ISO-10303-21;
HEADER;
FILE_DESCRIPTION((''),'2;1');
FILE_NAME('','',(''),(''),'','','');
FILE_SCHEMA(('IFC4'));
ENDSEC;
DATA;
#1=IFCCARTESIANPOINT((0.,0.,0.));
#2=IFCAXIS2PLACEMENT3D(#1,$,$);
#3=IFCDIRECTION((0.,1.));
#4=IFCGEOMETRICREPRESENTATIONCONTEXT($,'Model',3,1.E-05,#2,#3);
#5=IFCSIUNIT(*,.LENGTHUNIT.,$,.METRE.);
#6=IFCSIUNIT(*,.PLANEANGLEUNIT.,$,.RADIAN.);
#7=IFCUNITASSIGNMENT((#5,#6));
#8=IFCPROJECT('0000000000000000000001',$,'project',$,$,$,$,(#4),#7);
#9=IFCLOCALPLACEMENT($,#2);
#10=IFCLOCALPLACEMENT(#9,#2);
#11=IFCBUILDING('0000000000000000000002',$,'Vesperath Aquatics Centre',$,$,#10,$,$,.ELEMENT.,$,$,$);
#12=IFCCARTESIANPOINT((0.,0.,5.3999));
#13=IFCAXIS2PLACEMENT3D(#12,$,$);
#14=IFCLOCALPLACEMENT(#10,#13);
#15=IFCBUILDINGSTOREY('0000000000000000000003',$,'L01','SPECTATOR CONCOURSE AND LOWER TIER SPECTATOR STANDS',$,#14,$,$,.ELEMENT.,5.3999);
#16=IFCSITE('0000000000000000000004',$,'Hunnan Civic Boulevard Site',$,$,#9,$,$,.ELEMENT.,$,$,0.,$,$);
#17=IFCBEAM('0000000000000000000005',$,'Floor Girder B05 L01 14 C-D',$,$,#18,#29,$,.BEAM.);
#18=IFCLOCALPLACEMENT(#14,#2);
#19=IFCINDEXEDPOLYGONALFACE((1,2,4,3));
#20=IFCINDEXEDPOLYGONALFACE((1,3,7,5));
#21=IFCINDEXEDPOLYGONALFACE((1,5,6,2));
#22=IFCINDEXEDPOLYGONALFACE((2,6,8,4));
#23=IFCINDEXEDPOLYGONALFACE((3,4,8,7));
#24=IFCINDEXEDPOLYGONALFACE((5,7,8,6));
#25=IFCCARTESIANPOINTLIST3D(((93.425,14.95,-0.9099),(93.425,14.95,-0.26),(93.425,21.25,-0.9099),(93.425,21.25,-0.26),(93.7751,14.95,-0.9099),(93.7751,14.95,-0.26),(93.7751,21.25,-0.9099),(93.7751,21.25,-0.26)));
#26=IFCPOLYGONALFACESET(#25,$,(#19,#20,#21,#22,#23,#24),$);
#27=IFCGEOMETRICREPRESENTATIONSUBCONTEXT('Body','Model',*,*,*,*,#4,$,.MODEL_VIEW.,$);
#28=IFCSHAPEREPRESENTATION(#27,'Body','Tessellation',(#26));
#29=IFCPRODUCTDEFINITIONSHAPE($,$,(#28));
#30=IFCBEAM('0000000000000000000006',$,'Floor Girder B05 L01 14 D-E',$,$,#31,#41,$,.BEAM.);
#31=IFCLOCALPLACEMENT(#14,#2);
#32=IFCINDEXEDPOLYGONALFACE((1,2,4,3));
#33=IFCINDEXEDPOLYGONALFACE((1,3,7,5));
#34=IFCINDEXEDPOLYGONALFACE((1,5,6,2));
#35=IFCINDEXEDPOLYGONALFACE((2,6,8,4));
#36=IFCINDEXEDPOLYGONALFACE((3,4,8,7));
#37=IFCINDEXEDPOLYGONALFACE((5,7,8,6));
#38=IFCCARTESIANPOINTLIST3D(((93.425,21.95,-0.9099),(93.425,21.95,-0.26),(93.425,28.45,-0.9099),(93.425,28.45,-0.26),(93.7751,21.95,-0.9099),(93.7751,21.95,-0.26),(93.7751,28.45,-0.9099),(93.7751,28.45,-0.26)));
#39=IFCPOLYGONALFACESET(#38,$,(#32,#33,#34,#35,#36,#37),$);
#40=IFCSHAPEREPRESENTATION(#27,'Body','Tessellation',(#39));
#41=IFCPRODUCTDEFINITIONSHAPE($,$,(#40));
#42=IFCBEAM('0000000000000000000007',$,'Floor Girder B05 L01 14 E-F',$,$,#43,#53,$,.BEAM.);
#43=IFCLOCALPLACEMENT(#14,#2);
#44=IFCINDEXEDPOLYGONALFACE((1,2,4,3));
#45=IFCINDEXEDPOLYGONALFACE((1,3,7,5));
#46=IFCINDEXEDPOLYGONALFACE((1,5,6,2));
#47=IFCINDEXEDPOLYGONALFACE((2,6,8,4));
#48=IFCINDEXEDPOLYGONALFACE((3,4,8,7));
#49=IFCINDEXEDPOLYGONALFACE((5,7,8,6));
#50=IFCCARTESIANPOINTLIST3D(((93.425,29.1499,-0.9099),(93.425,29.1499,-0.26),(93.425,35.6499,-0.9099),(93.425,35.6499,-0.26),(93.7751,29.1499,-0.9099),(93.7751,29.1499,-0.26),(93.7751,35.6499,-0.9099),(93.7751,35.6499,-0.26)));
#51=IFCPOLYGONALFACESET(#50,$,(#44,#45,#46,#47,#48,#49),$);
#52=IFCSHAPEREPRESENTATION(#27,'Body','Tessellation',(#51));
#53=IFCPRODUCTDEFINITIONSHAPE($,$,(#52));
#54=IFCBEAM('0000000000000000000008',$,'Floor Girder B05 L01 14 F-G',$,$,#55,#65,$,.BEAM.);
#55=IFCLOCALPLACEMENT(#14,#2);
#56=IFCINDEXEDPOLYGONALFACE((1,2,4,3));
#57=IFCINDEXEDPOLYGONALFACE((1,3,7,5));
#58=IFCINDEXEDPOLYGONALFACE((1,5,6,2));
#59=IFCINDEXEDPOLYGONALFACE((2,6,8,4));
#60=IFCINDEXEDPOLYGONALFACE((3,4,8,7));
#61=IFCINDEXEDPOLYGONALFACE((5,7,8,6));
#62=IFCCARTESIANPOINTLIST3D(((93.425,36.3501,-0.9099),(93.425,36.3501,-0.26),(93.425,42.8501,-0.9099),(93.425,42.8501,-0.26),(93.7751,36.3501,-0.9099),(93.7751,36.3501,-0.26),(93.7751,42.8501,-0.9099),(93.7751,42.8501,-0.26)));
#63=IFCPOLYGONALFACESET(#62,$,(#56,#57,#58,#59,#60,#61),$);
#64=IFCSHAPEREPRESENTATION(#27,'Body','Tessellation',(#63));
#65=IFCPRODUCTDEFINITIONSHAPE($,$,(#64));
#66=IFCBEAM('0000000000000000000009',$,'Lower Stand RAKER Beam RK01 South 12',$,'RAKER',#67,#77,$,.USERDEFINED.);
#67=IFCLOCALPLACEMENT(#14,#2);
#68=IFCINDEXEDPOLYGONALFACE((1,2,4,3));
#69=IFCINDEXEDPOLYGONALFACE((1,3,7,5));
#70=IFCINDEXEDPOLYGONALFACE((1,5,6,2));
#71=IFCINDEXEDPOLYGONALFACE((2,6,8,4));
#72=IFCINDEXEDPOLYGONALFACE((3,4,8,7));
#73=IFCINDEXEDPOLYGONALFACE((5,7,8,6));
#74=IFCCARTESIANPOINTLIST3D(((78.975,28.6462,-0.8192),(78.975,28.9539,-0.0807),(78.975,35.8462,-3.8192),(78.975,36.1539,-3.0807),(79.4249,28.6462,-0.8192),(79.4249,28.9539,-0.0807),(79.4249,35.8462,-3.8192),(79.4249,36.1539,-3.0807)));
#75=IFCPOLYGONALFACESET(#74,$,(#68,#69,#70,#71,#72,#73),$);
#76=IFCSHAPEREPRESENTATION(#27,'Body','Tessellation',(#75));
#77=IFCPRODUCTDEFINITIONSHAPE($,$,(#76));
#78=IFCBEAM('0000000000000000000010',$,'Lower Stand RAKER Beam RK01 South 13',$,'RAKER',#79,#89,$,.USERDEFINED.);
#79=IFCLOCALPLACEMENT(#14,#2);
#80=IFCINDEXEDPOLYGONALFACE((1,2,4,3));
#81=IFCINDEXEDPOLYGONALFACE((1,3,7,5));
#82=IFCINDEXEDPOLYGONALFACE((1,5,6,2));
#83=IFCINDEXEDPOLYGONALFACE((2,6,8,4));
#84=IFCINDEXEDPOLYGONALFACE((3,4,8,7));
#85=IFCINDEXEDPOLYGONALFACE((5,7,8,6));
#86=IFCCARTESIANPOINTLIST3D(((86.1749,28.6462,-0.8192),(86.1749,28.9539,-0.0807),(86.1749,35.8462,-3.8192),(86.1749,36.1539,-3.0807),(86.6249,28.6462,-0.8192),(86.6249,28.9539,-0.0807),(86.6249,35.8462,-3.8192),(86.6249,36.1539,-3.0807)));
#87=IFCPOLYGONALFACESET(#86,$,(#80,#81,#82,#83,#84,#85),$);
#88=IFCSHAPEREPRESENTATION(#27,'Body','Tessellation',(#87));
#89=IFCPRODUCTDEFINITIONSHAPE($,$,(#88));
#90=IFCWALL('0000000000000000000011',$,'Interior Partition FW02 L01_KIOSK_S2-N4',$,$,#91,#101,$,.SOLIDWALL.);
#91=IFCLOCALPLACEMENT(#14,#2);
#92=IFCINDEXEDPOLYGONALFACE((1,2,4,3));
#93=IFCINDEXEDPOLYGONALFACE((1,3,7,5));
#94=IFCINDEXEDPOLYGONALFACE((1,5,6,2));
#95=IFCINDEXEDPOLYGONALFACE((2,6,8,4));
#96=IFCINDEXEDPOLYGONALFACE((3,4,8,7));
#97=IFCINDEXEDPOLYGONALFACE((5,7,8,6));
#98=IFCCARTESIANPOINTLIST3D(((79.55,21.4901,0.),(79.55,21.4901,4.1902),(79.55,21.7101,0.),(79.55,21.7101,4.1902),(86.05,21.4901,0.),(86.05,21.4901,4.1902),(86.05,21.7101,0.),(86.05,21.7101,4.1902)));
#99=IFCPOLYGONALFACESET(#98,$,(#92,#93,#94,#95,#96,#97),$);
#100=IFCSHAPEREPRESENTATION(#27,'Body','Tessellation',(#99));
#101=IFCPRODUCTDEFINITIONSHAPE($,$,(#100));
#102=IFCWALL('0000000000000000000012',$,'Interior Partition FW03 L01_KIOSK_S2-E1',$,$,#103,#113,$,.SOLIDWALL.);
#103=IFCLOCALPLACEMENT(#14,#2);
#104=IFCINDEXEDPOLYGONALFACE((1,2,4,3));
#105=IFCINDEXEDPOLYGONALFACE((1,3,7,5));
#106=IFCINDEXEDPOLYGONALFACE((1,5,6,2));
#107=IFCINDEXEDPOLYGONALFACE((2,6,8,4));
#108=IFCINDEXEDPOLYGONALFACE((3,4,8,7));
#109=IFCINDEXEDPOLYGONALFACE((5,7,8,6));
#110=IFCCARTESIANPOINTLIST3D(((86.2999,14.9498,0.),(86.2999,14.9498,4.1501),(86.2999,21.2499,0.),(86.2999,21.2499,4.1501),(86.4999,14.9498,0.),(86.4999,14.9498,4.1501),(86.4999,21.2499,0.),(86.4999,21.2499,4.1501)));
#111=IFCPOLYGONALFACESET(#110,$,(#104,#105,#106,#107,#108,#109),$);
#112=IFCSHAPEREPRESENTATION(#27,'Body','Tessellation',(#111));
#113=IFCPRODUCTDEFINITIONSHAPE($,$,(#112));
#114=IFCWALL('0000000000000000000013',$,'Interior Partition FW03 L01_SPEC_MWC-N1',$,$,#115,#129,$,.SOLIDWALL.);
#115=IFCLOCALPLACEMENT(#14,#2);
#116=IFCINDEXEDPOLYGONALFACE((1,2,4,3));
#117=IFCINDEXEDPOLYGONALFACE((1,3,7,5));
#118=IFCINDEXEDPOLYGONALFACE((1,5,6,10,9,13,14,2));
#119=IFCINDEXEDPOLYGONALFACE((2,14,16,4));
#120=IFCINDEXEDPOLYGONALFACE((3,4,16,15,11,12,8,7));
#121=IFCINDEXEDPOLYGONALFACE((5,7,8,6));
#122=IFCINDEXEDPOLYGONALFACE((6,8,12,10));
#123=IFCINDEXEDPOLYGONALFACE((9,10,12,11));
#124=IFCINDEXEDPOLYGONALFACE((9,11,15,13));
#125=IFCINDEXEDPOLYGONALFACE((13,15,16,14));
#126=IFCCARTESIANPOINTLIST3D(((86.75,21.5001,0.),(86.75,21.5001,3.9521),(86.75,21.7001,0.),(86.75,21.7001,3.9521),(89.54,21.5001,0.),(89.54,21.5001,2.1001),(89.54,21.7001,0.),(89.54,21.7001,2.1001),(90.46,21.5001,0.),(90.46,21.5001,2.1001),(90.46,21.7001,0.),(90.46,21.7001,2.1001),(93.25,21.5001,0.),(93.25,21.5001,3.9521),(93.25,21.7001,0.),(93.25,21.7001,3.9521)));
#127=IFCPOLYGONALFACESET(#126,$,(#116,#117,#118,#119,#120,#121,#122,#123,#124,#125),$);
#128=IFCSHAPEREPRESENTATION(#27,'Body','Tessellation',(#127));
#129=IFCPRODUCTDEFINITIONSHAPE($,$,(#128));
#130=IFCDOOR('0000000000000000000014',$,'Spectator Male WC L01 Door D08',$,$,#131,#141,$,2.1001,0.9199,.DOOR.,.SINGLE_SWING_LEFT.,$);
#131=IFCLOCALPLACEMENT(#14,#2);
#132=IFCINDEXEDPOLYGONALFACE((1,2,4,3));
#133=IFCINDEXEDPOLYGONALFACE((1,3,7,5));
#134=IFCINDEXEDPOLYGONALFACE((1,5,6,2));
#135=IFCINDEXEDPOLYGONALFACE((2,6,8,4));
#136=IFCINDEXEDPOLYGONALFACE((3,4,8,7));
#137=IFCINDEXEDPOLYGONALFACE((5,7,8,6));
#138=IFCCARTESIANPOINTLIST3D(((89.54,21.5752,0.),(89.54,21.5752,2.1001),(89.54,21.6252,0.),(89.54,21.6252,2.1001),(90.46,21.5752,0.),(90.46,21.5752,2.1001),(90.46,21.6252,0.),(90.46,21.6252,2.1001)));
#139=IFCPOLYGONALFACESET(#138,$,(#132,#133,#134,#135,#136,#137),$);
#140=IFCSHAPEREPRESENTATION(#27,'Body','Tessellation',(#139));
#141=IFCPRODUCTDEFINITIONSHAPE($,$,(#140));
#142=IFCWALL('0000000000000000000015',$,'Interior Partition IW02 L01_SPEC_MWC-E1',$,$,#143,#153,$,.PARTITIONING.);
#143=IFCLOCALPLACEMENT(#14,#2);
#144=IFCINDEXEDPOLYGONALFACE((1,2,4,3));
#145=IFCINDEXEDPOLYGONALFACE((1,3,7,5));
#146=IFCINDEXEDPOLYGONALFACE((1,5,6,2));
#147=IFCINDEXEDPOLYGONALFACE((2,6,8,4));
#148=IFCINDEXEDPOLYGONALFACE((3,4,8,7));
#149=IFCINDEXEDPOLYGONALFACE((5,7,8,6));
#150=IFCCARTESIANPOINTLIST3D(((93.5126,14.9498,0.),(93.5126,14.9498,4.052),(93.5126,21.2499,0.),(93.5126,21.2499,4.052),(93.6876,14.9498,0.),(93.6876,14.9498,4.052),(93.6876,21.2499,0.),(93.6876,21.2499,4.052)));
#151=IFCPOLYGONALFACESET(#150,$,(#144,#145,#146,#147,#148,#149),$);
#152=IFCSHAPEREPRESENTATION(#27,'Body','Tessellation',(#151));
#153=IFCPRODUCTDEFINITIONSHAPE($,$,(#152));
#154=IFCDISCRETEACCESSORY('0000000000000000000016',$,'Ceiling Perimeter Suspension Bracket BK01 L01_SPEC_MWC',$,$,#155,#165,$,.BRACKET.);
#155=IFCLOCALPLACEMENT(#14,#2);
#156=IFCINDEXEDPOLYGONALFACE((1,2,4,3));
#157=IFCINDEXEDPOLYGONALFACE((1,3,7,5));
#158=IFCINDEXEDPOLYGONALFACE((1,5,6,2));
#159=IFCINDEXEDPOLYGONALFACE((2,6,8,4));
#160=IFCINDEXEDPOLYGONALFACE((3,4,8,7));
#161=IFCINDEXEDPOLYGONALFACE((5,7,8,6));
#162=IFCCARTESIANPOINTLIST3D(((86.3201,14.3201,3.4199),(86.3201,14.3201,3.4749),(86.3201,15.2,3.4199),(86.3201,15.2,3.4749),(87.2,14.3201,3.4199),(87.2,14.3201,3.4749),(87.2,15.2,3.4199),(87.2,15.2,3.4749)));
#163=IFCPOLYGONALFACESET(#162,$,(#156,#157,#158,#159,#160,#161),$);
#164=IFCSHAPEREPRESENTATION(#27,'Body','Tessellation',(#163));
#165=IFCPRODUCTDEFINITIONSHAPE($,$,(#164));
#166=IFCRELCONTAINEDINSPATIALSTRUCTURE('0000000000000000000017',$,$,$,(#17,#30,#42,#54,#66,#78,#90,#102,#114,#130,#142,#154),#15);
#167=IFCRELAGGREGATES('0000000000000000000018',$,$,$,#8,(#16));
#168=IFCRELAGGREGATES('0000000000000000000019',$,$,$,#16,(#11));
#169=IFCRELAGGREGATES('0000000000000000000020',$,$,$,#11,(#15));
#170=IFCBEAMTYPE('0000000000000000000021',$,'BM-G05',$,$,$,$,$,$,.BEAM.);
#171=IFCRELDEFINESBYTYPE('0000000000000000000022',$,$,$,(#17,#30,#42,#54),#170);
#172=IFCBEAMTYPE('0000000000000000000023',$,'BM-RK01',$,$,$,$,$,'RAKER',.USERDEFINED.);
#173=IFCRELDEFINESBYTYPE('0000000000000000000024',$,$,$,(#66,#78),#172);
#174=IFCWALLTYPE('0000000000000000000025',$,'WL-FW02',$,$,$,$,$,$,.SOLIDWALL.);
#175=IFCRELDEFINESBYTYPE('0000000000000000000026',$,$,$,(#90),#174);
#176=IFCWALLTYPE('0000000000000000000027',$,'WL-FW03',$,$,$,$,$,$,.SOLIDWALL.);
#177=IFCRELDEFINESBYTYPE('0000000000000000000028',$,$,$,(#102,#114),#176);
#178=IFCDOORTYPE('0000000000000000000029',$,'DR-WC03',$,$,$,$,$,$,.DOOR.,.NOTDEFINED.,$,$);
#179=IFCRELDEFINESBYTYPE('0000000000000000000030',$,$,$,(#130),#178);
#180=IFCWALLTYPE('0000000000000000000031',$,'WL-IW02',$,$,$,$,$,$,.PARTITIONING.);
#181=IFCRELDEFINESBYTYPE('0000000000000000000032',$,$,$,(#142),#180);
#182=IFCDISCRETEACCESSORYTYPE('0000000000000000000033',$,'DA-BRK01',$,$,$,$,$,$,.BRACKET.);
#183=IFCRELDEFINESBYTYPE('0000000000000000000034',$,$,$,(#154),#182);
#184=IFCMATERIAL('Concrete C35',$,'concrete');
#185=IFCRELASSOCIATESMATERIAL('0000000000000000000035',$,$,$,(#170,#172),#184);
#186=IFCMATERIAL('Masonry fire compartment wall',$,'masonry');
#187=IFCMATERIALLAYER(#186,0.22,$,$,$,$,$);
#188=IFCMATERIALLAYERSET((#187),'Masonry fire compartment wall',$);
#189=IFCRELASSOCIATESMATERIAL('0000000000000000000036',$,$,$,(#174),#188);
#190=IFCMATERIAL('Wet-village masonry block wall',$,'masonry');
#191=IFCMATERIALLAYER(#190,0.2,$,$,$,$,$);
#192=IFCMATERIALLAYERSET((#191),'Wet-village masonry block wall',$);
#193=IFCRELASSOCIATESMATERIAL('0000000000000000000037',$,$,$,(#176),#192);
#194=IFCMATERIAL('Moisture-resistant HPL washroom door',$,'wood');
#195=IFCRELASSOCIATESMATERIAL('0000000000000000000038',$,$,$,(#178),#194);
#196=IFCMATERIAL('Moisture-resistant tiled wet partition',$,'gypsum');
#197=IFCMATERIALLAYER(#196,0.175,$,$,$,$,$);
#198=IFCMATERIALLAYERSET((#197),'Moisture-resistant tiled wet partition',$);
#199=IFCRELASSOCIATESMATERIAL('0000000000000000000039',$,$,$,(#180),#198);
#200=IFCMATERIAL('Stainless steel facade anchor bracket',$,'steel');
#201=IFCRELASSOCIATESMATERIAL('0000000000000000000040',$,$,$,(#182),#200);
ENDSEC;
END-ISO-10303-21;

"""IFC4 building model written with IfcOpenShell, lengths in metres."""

from ifc_helpers import new_model, si_unit, direction, frame, frame_2d, origin, origin_2d, place, context, subcontext, project, spatial, rectangle, extrude, material, layer, layer_set, material_profile, profile_set, type_object, element, fill, save


model = new_model("IFC4")

# Units and contexts
model_context = context("Model", 3, precision=1e-05, world=origin(), true_north=direction((0.0, 1.0)))
body_context = subcontext(model_context, "Body", "Model", "MODEL_VIEW")
ifc_project = project(units=[si_unit("LENGTHUNIT", "METRE"), si_unit("PLANEANGLEUNIT", "RADIAN")], contexts=[model_context])

# Site, building, storey
site_placement = place(None, origin())
site = spatial("IfcSite", under=ifc_project, at=site_placement, Name="Hunnan Civic Boulevard Site", CompositionType="ELEMENT", RefElevation=0.0)
building_placement = place(site_placement, origin())
building = spatial("IfcBuilding", under=site, at=building_placement, Name="Vesperath Aquatics Centre", CompositionType="ELEMENT")
storey_placement = place(building_placement, frame((0.0, 0.0, 5.3999)))
storey = spatial("IfcBuildingStorey", under=building, at=storey_placement, Name="L01", Description="SPECTATOR CONCOURSE AND LOWER TIER SPECTATOR STANDS", CompositionType="ELEMENT", Elevation=5.3999)

# Beams
ifc_material_1 = material(Name="Concrete C35", Category="concrete")
ifc_material_profile_1 = material_profile(ifc_material_1, rectangle(XDim=0.3501, YDim=0.6499, at=origin_2d()), Name="RC 350x650")
ifc_profile_set_1 = profile_set([ifc_material_profile_1], Name="Concrete C35")
beam_type_1 = type_object("IfcBeamType", Name="BM-G05", PredefinedType="BEAM", material=ifc_profile_set_1)
beam_1_placement = place(storey_placement, frame((93.6001, 14.95, -0.585), z_axis=(0.0, 1.0, 0.0), x_axis=(-1.0, 0.0, 0.0)))
element("IfcBeam", 1, at=beam_1_placement, inside=storey, type_object=beam_type_1, Name="Floor Girder B05 L01 14 C-D", PredefinedType="BEAM", context=body_context, shape_type="SweptSolid", body=[
    extrude(rectangle(XDim=0.3501, YDim=0.6499, at=origin_2d()), origin(), (0.0, 0.0, 1.0), 6.3),
])
for number, where, z_axis, x_axis, name in (
    (2, (93.6001, 21.95, -0.585), (0.0, 1.0, 0.0), (-1.0, 0.0, 0.0), "Floor Girder B05 L01 14 D-E"),
    (3, (93.6001, 29.1499, -0.585), (0.0, 1.0, 0.0), (-1.0, 0.0, 0.0), "Floor Girder B05 L01 14 E-F"),
    (4, (93.6001, 36.3501, -0.585), (0.0, 1.0, 0.0), (-1.0, 0.0, 0.0), "Floor Girder B05 L01 14 F-G"),
):
    element("IfcBeam", number, at=place(storey_placement, frame(where, z_axis=z_axis, x_axis=x_axis)), inside=storey, type_object=beam_type_1, Name=name, PredefinedType="BEAM", context=body_context, shape_type="SweptSolid", body=[
        extrude(rectangle(XDim=0.3501, YDim=0.6499, at=origin_2d()), origin(), (0.0, 0.0, 1.0), 6.5),
    ])
ifc_material_profile_2 = material_profile(ifc_material_1, rectangle(XDim=0.45, YDim=0.8, at=origin_2d()), Name="RC 450x800")
ifc_profile_set_2 = profile_set([ifc_material_profile_2], Name="Concrete C35")
beam_type_2 = type_object("IfcBeamType", Name="BM-RK01", ElementType="RAKER", PredefinedType="USERDEFINED", material=ifc_profile_set_2)
for number, where, z_axis, x_axis, name in (
    (5, (79.2, 28.8, -0.45), (0.0, 0.923076, -0.384618), (-1.0, 0.0, 0.0), "Lower Stand RAKER Beam RK01 South 12"),
    (6, (86.3999, 28.8, -0.45), (0.0, 0.923076, -0.384618), (-1.0, 0.0, 0.0), "Lower Stand RAKER Beam RK01 South 13"),
):
    element("IfcBeam", number, at=place(storey_placement, frame(where, z_axis=z_axis, x_axis=x_axis)), inside=storey, type_object=beam_type_2, Name=name, ObjectType="RAKER", PredefinedType="USERDEFINED", context=body_context, shape_type="SweptSolid", body=[
        extrude(rectangle(XDim=0.45, YDim=0.8, at=origin_2d()), origin(), (0.0, 0.0, 1.0), 7.8),
    ])

# Walls
ifc_material_2 = material(Name="Masonry fire compartment wall", Category="masonry")
ifc_layer_1 = layer(ifc_material_2, 0.22)
ifc_layer_set_1 = layer_set([ifc_layer_1], Name="Masonry fire compartment wall")
wall_type_1 = type_object("IfcWallType", Name="WL-FW02", PredefinedType="SOLIDWALL", material=ifc_layer_set_1)
wall_1_placement = place(storey_placement, frame((79.55, 21.6001, 0.0), z_axis=(0.0, 0.0, 1.0), x_axis=(1.0, 0.0, 0.0)))
element("IfcWall", 7, at=wall_1_placement, inside=storey, type_object=wall_type_1, Name="Interior Partition FW02 L01_KIOSK_S2-N4", PredefinedType="SOLIDWALL", context=body_context, shape_type="SweptSolid", body=[
    extrude(rectangle(XDim=6.5, YDim=0.22, at=frame_2d((3.25, 0.0))), origin(), (0.0, 0.0, 1.0), 4.1902),
])
ifc_material_3 = material(Name="Wet-village masonry block wall", Category="masonry")
ifc_layer_2 = layer(ifc_material_3, 0.2)
ifc_layer_set_2 = layer_set([ifc_layer_2], Name="Wet-village masonry block wall")
wall_type_2 = type_object("IfcWallType", Name="WL-FW03", PredefinedType="SOLIDWALL", material=ifc_layer_set_2)
wall_2_placement = place(storey_placement, frame((86.3999, 14.95, 0.0), z_axis=(0.0, 0.0, 1.0), x_axis=(0.0, 1.0, 0.0)))
element("IfcWall", 8, at=wall_2_placement, inside=storey, type_object=wall_type_2, Name="Interior Partition FW03 L01_KIOSK_S2-E1", PredefinedType="SOLIDWALL", context=body_context, shape_type="SweptSolid", body=[
    extrude(rectangle(XDim=6.3, YDim=0.2, at=frame_2d((3.1499, 0.0))), origin(), (0.0, 0.0, 1.0), 4.1501),
])

# Wall, opening, door
wall_3_placement = place(storey_placement, frame((86.75, 21.6001, 0.0), z_axis=(0.0, 0.0, 1.0), x_axis=(1.0, 0.0, 0.0)))
wall_3 = element("IfcWall", 9, at=wall_3_placement, inside=storey, type_object=wall_type_2, Name="Interior Partition FW03 L01_SPEC_MWC-N1", PredefinedType="SOLIDWALL", context=body_context, shape_type="SweptSolid", body=[
    extrude(rectangle(XDim=6.5, YDim=0.2, at=frame_2d((3.25, 0.0))), origin(), (0.0, 0.0, 1.0), 3.9521),
])
opening_placement = place(wall_3_placement, frame((2.79, 0.0, 0.0)))
opening = element("IfcOpeningElement", 10, at=opening_placement, cuts=wall_3, PredefinedType="OPENING", context=body_context, shape_type="SweptSolid", body=[
    extrude(rectangle(XDim=0.9199, YDim=2.1001, at=frame_2d((0.46, 1.05))), frame((0.0, 0.1147, 0.0), z_axis=(0.0, -1.0, 0.0), x_axis=(1.0, 0.0, 0.0)), (0.0, 0.0, 1.0), 0.2297),
])
ifc_material_4 = material(Name="Moisture-resistant HPL washroom door", Category="wood")
door_type = type_object("IfcDoorType", Name="DR-WC03", OperationType="NOTDEFINED", PredefinedType="DOOR", material=ifc_material_4)
door_placement = place(opening_placement, frame((0.9199, 0.0, 0.0), z_axis=(0.0, 0.0, 1.0), x_axis=(-1.0, 0.0, 0.0)))
door = element("IfcDoor", 11, at=door_placement, inside=storey, type_object=door_type, Name="Spectator Male WC L01 Door D08", OperationType="SINGLE_SWING_LEFT", OverallHeight=2.1001, OverallWidth=0.9199, PredefinedType="DOOR", context=body_context, shape_type="SweptSolid", body=[
    extrude(rectangle(XDim=0.9199, YDim=2.1001, at=frame_2d((0.46, 1.05))), frame((0.0, 0.0249, 0.0), z_axis=(0.0, -1.0, 0.0), x_axis=(1.0, 0.0, 0.0)), (0.0, 0.0, 1.0), 0.05),
])
fill(opening, door)

# Wall
ifc_material_5 = material(Name="Moisture-resistant tiled wet partition", Category="gypsum")
ifc_layer_3 = layer(ifc_material_5, 0.175)
ifc_layer_set_3 = layer_set([ifc_layer_3], Name="Moisture-resistant tiled wet partition")
wall_type_3 = type_object("IfcWallType", Name="WL-IW02", PredefinedType="PARTITIONING", material=ifc_layer_set_3)
wall_4_placement = place(storey_placement, frame((93.6001, 14.95, 0.0), z_axis=(0.0, 0.0, 1.0), x_axis=(0.0, 1.0, 0.0)))
element("IfcWall", 12, at=wall_4_placement, inside=storey, type_object=wall_type_3, Name="Interior Partition IW02 L01_SPEC_MWC-E1", PredefinedType="PARTITIONING", context=body_context, shape_type="SweptSolid", body=[
    extrude(rectangle(XDim=6.3, YDim=0.175, at=frame_2d((3.1499, 0.0))), origin(), (0.0, 0.0, 1.0), 4.052),
])

# Discrete accessory
ifc_material_6 = material(Name="Stainless steel facade anchor bracket", Category="steel")
discrete_accessory_type = type_object("IfcDiscreteAccessoryType", Name="DA-BRK01", PredefinedType="BRACKET", material=ifc_material_6)
discrete_accessory_placement = place(storey_placement, frame((86.76, 14.76, 3.4199), z_axis=(0.0, 0.0, 1.0), x_axis=(1.0, 0.0, 0.0)))
element("IfcDiscreteAccessory", 13, at=discrete_accessory_placement, inside=storey, type_object=discrete_accessory_type, Name="Ceiling Perimeter Suspension Bracket BK01 L01_SPEC_MWC", PredefinedType="BRACKET", context=body_context, shape_type="SweptSolid", body=[
    extrude(rectangle(XDim=0.8799, YDim=0.8799, at=origin_2d()), origin(), (0.0, 0.0, 1.0), 0.0549),
])

save(model, "model.ifc")
